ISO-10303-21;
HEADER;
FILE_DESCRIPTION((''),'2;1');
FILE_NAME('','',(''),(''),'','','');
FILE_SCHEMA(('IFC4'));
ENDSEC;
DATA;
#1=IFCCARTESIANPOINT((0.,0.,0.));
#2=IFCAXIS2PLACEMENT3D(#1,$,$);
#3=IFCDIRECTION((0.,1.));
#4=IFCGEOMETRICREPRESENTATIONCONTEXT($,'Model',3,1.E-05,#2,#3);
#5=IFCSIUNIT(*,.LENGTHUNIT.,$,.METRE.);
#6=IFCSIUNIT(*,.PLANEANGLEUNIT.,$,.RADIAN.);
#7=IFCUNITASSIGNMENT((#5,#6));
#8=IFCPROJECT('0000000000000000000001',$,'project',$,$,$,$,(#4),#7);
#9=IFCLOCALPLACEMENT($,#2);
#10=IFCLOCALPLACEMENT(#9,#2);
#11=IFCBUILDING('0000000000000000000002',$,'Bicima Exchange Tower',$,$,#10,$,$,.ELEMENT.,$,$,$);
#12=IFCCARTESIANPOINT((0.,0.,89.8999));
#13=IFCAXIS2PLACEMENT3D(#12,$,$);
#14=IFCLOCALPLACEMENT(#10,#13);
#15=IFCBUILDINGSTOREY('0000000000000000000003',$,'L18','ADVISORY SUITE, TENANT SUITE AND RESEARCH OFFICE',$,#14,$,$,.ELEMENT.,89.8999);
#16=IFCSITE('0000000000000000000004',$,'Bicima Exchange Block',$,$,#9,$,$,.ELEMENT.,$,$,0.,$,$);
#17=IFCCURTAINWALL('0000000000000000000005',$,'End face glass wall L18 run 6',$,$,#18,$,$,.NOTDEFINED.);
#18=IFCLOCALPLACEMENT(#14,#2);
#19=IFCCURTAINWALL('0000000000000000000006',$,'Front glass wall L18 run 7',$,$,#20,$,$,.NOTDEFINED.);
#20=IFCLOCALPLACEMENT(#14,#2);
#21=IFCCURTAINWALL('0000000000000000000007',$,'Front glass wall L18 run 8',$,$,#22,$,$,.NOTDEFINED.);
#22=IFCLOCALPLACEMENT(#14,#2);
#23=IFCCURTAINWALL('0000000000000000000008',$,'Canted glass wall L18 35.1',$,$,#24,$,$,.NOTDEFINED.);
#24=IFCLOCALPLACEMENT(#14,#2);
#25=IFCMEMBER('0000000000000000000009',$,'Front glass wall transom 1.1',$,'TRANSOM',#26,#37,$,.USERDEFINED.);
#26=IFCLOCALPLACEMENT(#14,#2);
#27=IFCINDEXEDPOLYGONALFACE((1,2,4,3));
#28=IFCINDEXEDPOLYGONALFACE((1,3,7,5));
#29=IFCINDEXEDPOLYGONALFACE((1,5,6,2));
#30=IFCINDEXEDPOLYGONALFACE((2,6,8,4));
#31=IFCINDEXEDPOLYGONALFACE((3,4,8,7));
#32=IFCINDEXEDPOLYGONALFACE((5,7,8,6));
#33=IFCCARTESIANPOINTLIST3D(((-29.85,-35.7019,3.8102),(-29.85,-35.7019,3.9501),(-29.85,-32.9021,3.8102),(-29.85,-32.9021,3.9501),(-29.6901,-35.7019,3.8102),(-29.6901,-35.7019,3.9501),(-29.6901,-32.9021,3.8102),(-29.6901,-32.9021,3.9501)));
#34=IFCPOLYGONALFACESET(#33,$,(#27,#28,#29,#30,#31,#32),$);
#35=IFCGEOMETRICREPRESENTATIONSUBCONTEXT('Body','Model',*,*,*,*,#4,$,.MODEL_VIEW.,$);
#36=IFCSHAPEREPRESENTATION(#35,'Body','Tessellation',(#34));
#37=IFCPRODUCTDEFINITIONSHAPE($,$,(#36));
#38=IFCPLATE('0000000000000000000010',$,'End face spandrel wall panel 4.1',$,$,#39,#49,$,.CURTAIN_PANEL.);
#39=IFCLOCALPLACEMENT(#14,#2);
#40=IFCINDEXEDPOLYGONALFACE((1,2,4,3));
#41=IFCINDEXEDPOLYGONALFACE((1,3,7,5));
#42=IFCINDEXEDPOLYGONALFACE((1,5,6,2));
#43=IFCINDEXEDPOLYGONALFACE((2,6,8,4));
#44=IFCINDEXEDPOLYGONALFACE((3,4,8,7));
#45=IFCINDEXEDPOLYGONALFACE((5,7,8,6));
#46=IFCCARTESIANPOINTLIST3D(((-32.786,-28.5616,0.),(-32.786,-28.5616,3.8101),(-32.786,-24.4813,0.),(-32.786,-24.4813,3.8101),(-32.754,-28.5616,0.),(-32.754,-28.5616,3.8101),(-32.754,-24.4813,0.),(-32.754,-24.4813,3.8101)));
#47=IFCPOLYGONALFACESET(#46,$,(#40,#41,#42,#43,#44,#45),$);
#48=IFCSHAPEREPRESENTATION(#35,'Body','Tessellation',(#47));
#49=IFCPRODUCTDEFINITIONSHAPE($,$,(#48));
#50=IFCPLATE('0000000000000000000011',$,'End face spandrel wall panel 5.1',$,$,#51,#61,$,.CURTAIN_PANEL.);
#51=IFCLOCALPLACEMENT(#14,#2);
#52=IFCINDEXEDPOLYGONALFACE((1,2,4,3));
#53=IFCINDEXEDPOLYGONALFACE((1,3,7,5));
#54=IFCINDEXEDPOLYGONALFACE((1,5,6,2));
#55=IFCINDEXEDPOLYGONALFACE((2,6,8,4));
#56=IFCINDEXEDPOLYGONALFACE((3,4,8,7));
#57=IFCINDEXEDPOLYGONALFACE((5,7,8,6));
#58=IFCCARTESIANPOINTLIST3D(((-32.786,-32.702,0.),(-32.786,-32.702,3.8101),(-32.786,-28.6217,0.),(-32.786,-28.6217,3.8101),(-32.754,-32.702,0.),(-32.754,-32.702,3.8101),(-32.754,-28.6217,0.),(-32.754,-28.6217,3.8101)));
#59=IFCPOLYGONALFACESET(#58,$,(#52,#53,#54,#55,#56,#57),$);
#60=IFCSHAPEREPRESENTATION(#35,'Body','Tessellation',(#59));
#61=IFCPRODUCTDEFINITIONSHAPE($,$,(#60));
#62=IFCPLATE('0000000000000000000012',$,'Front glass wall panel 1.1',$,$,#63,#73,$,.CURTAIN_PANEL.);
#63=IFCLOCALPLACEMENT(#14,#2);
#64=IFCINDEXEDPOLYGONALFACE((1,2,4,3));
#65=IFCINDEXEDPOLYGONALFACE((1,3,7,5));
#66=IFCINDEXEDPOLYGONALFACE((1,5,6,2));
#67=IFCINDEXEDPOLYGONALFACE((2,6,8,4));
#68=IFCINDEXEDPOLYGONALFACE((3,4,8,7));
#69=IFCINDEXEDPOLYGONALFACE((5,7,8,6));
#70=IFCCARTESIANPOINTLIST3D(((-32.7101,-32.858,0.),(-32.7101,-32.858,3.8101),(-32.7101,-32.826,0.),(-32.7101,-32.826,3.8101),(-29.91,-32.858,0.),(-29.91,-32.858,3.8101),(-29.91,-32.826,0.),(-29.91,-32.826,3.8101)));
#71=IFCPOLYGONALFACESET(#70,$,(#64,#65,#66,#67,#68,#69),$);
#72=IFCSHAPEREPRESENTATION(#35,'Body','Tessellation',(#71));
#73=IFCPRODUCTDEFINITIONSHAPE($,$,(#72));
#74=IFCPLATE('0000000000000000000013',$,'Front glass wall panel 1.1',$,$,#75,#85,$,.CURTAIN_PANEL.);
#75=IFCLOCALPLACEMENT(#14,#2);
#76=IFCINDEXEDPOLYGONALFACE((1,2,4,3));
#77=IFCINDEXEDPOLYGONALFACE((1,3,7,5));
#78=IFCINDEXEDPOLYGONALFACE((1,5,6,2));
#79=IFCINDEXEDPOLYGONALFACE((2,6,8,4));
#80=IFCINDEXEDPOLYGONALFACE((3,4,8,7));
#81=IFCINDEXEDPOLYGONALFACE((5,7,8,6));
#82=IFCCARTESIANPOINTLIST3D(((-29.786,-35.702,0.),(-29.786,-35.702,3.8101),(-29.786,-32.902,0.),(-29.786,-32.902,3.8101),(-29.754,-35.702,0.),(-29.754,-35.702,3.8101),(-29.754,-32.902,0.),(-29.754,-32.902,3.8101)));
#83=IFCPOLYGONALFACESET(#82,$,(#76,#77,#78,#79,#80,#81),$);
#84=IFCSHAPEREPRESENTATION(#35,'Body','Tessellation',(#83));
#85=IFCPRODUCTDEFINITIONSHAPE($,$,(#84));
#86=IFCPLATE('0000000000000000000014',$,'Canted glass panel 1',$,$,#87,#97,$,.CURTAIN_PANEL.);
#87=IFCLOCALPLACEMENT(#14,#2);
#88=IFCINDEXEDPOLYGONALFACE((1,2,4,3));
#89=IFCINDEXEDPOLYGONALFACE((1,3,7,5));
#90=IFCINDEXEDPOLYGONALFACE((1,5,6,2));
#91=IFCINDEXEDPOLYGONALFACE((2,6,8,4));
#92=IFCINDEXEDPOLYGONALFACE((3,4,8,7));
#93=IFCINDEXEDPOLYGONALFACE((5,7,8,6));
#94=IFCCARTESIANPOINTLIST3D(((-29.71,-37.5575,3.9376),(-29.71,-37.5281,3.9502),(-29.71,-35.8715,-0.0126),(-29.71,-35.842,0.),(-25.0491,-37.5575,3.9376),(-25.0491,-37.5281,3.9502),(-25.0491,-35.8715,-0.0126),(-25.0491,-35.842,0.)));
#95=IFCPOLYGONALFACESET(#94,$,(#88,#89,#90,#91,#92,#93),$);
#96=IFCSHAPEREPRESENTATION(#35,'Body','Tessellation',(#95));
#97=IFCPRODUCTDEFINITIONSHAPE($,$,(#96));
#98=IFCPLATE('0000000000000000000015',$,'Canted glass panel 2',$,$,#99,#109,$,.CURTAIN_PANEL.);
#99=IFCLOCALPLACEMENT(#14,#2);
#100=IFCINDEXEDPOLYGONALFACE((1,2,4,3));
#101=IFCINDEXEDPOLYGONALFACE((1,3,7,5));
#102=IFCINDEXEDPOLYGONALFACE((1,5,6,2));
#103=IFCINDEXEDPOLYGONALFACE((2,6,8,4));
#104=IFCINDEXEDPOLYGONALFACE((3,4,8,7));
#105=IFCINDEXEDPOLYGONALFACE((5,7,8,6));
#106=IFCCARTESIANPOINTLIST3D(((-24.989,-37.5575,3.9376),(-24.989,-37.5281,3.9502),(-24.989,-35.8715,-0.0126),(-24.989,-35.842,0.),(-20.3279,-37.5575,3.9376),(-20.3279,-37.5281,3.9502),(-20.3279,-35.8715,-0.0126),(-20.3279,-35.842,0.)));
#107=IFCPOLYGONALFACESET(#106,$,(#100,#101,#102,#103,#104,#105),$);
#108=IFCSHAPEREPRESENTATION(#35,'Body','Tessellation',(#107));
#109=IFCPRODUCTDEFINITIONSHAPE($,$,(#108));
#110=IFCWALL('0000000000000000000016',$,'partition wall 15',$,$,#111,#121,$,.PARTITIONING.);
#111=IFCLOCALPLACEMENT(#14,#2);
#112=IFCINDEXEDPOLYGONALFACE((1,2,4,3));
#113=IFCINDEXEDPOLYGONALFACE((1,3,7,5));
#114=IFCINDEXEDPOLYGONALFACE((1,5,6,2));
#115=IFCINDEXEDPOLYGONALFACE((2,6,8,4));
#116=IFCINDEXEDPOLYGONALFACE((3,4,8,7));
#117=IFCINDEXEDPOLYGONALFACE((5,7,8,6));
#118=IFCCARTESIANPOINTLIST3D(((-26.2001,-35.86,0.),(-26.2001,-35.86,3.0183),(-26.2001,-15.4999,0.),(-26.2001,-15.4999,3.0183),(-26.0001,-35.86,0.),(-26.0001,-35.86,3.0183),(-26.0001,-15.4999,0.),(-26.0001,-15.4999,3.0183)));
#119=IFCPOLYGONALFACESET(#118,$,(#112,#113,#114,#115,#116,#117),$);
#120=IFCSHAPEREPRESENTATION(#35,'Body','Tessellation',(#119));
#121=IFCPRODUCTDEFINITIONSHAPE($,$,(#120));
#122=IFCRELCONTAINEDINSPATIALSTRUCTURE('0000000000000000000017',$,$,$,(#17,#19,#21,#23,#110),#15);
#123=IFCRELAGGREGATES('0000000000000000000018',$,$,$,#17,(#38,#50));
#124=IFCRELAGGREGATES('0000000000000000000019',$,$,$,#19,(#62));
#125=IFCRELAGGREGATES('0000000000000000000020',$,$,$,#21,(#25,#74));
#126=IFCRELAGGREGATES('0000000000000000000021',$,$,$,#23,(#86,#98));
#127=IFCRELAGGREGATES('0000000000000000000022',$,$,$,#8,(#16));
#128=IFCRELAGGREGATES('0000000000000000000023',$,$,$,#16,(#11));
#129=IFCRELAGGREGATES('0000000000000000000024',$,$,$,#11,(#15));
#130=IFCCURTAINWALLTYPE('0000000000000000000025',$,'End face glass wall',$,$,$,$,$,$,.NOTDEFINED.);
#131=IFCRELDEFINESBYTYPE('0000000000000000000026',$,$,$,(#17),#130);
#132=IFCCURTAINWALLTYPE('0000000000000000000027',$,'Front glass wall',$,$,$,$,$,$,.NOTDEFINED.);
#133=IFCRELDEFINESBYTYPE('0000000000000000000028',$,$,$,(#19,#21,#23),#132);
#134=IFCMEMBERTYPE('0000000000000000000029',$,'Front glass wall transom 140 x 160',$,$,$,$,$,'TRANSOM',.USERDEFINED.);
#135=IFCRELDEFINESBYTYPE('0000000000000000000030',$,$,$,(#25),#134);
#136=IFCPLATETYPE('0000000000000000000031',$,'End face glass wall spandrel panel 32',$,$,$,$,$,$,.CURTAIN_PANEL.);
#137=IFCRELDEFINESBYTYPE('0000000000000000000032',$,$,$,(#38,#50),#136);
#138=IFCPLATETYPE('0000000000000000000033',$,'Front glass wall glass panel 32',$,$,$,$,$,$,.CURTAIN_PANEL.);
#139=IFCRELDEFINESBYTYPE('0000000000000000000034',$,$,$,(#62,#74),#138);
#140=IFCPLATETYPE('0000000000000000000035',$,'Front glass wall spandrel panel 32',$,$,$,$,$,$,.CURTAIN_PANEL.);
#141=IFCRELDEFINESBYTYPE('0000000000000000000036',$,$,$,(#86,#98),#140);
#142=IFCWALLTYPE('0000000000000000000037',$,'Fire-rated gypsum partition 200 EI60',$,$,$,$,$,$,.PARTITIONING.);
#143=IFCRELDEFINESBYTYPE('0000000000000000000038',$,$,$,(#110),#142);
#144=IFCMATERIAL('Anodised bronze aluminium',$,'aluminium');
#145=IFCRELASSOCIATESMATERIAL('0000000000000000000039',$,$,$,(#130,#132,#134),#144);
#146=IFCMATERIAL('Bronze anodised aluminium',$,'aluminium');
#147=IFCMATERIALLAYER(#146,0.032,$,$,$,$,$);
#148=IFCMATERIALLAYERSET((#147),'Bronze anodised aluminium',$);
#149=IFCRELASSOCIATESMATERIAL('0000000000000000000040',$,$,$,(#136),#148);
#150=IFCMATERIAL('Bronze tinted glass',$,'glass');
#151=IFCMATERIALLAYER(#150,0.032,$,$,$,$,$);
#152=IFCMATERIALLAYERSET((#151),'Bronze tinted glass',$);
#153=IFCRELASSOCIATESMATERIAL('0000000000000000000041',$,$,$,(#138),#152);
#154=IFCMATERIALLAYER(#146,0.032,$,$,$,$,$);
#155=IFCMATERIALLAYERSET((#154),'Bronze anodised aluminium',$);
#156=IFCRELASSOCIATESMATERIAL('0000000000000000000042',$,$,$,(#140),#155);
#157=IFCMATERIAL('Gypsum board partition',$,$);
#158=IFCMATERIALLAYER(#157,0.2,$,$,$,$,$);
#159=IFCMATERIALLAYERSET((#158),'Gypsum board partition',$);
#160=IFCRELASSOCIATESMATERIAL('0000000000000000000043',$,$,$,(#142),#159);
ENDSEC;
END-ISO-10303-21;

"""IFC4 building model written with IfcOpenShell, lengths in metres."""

from ifc_helpers import new_model, si_unit, direction, frame, frame_2d, origin, origin_2d, place, context, subcontext, project, spatial, polyline, rectangle, outline, extrude, material, layer, layer_set, material_profile, profile_set, type_object, element, aggregate, save


model = new_model("IFC4")

# Units and contexts
model_context = context("Model", 3, precision=1e-05, world=origin(), true_north=direction((0.0, 1.0)))
body_context = subcontext(model_context, "Body", "Model", "MODEL_VIEW")
ifc_project = project(units=[si_unit("LENGTHUNIT", "METRE"), si_unit("PLANEANGLEUNIT", "RADIAN")], contexts=[model_context])

# Site, building, storey
site_placement = place(None, origin())
site = spatial("IfcSite", under=ifc_project, at=site_placement, Name="Bicima Exchange Block", CompositionType="ELEMENT", RefElevation=0.0)
building_placement = place(site_placement, origin())
building = spatial("IfcBuilding", under=site, at=building_placement, Name="Bicima Exchange Tower", CompositionType="ELEMENT")
storey_placement = place(building_placement, frame((0.0, 0.0, 89.8999)))
storey = spatial("IfcBuildingStorey", under=building, at=storey_placement, Name="L18", Description="ADVISORY SUITE, TENANT SUITE AND RESEARCH OFFICE", CompositionType="ELEMENT", Elevation=89.8999)

# Curtain walls
ifc_material_1 = material(Name="Anodised bronze aluminium", Category="aluminium")
curtain_wall_type_1 = type_object("IfcCurtainWallType", Name="End face glass wall", PredefinedType="NOTDEFINED", material=ifc_material_1)
curtain_wall_1_placement = place(storey_placement, origin())
curtain_wall_1 = element("IfcCurtainWall", 1, at=curtain_wall_1_placement, inside=storey, type_object=curtain_wall_type_1, Name="End face glass wall L18 run 6", PredefinedType="NOTDEFINED")
ifc_material_profile_1 = material_profile(ifc_material_1, rectangle(XDim=0.1599, YDim=0.1399, at=origin_2d()))
ifc_profile_set_1 = profile_set([ifc_material_profile_1], Name="Anodised bronze aluminium")
curtain_wall_type_2 = type_object("IfcCurtainWallType", Name="Front glass wall", PredefinedType="NOTDEFINED", material=ifc_material_1)
curtain_wall_2_placement = place(storey_placement, origin())
curtain_wall_2 = element("IfcCurtainWall", 2, at=curtain_wall_2_placement, inside=storey, type_object=curtain_wall_type_2, Name="Front glass wall L18 run 7", PredefinedType="NOTDEFINED")
curtain_wall_3_placement = place(storey_placement, origin())
curtain_wall_3 = element("IfcCurtainWall", 3, at=curtain_wall_3_placement, inside=storey, type_object=curtain_wall_type_2, Name="Front glass wall L18 run 8", PredefinedType="NOTDEFINED")
curtain_wall_4_placement = place(storey_placement, origin())
curtain_wall_4 = element("IfcCurtainWall", 4, at=curtain_wall_4_placement, inside=storey, type_object=curtain_wall_type_2, Name="Canted glass wall L18 35.1", PredefinedType="NOTDEFINED")

# Member
member_type_1 = type_object("IfcMemberType", Name="Front glass wall transom 140 x 160", ElementType="TRANSOM", PredefinedType="USERDEFINED", material=ifc_profile_set_1)
member_1_placement = place(storey_placement, frame((-29.77, -32.9021, 3.8801), z_axis=(0.0, -1.0, 0.0), x_axis=(1.0, 0.0, 0.0)))
member_1 = element("IfcMember", 5, at=member_1_placement, type_object=member_type_1, Name="Front glass wall transom 1.1", ObjectType="TRANSOM", PredefinedType="USERDEFINED", context=body_context, shape_type="SweptSolid", body=[
    extrude(rectangle(XDim=0.1599, YDim=0.1399, at=origin_2d()), origin(), (0.0, 0.0, 1.0), 2.7998),
])

# Plates
ifc_material_2 = material(Name="Bronze anodised aluminium", Category="aluminium")
ifc_layer_1 = layer(ifc_material_2, 0.032)
ifc_layer_set_1 = layer_set([ifc_layer_1], Name="Bronze anodised aluminium")
plate_type_1 = type_object("IfcPlateType", Name="End face glass wall spandrel panel 32", PredefinedType="CURTAIN_PANEL", material=ifc_layer_set_1)
plate_1_placement = place(storey_placement, frame((-32.77, -26.5215, 0.0), z_axis=(0.0, 0.0, 1.0), x_axis=(0.0, -1.0, 0.0)))
plate_1 = element("IfcPlate", 6, at=plate_1_placement, type_object=plate_type_1, Name="End face spandrel wall panel 4.1", PredefinedType="CURTAIN_PANEL", context=body_context, shape_type="SweptSolid", body=[
    extrude(rectangle(XDim=4.0803, YDim=0.032, at=origin_2d()), origin(), (0.0, 0.0, 1.0), 3.8101),
])
plate_2_placement = place(storey_placement, frame((-32.77, -30.6619, 0.0), z_axis=(0.0, 0.0, 1.0), x_axis=(0.0, -1.0, 0.0)))
plate_2 = element("IfcPlate", 7, at=plate_2_placement, type_object=plate_type_1, Name="End face spandrel wall panel 5.1", PredefinedType="CURTAIN_PANEL", context=body_context, shape_type="SweptSolid", body=[
    extrude(rectangle(XDim=4.0803, YDim=0.032, at=origin_2d()), origin(), (0.0, 0.0, 1.0), 3.8101),
])
aggregate(curtain_wall_1, [plate_1, plate_2])
ifc_material_3 = material(Name="Bronze tinted glass", Category="glass")
ifc_layer_2 = layer(ifc_material_3, 0.032)
ifc_layer_set_2 = layer_set([ifc_layer_2], Name="Bronze tinted glass")
plate_type_2 = type_object("IfcPlateType", Name="Front glass wall glass panel 32", PredefinedType="CURTAIN_PANEL", material=ifc_layer_set_2)
plate_3_placement = place(storey_placement, frame((-31.3101, -32.842, 0.0), z_axis=(0.0, 0.0, 1.0), x_axis=(1.0, 0.0, 0.0)))
plate_3 = element("IfcPlate", 8, at=plate_3_placement, type_object=plate_type_2, Name="Front glass wall panel 1.1", PredefinedType="CURTAIN_PANEL", context=body_context, shape_type="SweptSolid", body=[
    extrude(rectangle(XDim=2.8, YDim=0.032, at=origin_2d()), origin(), (0.0, 0.0, 1.0), 3.8101),
])
aggregate(curtain_wall_2, [plate_3])
plate_4_placement = place(storey_placement, frame((-29.77, -34.302, 0.0), z_axis=(0.0, 0.0, 1.0), x_axis=(0.0, -1.0, 0.0)))
plate_4 = element("IfcPlate", 9, at=plate_4_placement, type_object=plate_type_2, Name="Front glass wall panel 1.1", PredefinedType="CURTAIN_PANEL", context=body_context, shape_type="SweptSolid", body=[
    extrude(rectangle(XDim=2.8, YDim=0.032, at=origin_2d()), origin(), (0.0, 0.0, 1.0), 3.8101),
])
aggregate(curtain_wall_3, [member_1, plate_4])
ifc_layer_3 = layer(ifc_material_2, 0.032)
ifc_layer_set_3 = layer_set([ifc_layer_3], Name="Bronze anodised aluminium")
plate_type_3 = type_object("IfcPlateType", Name="Front glass wall spandrel panel 32", PredefinedType="CURTAIN_PANEL", material=ifc_layer_set_3)
plate_5_placement = place(storey_placement, frame((-29.71, -35.842, 0.0), z_axis=(0.0, 0.919726, 0.392561), x_axis=(1.0, 0.0, 0.0)))
plate_5 = element("IfcPlate", 10, at=plate_5_placement, type_object=plate_type_3, Name="Canted glass panel 1", PredefinedType="CURTAIN_PANEL", context=body_context, shape_type="SweptSolid", body=[
    extrude(outline(polyline([(0.0, 0.0), (4.6609, 0.0), (4.6609, -4.295), (0.0, -4.295), (0.0, 0.0)])), origin(), (0.0, 0.0, -1.0), 0.032),
])
plate_6_placement = place(storey_placement, frame((-24.989, -35.842, 0.0), z_axis=(0.0, 0.919726, 0.392561), x_axis=(1.0, 0.0, 0.0)))
plate_6 = element("IfcPlate", 11, at=plate_6_placement, type_object=plate_type_3, Name="Canted glass panel 2", PredefinedType="CURTAIN_PANEL", context=body_context, shape_type="SweptSolid", body=[
    extrude(outline(polyline([(0.0, 0.0), (4.6611, 0.0), (4.6611, -4.295), (0.0, -4.295), (0.0, 0.0)])), origin(), (0.0, 0.0, -1.0), 0.032),
])
aggregate(curtain_wall_4, [plate_5, plate_6])

# Wall
ifc_material_4 = material(Name="Gypsum board partition")
ifc_layer_4 = layer(ifc_material_4, 0.2)
ifc_layer_set_4 = layer_set([ifc_layer_4], Name="Gypsum board partition")
wall_type = type_object("IfcWallType", Name="Fire-rated gypsum partition 200 EI60", PredefinedType="PARTITIONING", material=ifc_layer_set_4)
wall_placement = place(storey_placement, frame((-26.1001, -35.8601, 0.0), z_axis=(0.0, 0.0, 1.0), x_axis=(0.0, 1.0, 0.0)))
element("IfcWall", 12, at=wall_placement, inside=storey, type_object=wall_type, Name="partition wall 15", PredefinedType="PARTITIONING", context=body_context, shape_type="SweptSolid", body=[
    extrude(rectangle(XDim=20.3601, YDim=0.2, at=frame_2d((10.1802, 0.0))), origin(), (0.0, 0.0, 1.0), 3.0183),
])

save(model, "model.ifc")
